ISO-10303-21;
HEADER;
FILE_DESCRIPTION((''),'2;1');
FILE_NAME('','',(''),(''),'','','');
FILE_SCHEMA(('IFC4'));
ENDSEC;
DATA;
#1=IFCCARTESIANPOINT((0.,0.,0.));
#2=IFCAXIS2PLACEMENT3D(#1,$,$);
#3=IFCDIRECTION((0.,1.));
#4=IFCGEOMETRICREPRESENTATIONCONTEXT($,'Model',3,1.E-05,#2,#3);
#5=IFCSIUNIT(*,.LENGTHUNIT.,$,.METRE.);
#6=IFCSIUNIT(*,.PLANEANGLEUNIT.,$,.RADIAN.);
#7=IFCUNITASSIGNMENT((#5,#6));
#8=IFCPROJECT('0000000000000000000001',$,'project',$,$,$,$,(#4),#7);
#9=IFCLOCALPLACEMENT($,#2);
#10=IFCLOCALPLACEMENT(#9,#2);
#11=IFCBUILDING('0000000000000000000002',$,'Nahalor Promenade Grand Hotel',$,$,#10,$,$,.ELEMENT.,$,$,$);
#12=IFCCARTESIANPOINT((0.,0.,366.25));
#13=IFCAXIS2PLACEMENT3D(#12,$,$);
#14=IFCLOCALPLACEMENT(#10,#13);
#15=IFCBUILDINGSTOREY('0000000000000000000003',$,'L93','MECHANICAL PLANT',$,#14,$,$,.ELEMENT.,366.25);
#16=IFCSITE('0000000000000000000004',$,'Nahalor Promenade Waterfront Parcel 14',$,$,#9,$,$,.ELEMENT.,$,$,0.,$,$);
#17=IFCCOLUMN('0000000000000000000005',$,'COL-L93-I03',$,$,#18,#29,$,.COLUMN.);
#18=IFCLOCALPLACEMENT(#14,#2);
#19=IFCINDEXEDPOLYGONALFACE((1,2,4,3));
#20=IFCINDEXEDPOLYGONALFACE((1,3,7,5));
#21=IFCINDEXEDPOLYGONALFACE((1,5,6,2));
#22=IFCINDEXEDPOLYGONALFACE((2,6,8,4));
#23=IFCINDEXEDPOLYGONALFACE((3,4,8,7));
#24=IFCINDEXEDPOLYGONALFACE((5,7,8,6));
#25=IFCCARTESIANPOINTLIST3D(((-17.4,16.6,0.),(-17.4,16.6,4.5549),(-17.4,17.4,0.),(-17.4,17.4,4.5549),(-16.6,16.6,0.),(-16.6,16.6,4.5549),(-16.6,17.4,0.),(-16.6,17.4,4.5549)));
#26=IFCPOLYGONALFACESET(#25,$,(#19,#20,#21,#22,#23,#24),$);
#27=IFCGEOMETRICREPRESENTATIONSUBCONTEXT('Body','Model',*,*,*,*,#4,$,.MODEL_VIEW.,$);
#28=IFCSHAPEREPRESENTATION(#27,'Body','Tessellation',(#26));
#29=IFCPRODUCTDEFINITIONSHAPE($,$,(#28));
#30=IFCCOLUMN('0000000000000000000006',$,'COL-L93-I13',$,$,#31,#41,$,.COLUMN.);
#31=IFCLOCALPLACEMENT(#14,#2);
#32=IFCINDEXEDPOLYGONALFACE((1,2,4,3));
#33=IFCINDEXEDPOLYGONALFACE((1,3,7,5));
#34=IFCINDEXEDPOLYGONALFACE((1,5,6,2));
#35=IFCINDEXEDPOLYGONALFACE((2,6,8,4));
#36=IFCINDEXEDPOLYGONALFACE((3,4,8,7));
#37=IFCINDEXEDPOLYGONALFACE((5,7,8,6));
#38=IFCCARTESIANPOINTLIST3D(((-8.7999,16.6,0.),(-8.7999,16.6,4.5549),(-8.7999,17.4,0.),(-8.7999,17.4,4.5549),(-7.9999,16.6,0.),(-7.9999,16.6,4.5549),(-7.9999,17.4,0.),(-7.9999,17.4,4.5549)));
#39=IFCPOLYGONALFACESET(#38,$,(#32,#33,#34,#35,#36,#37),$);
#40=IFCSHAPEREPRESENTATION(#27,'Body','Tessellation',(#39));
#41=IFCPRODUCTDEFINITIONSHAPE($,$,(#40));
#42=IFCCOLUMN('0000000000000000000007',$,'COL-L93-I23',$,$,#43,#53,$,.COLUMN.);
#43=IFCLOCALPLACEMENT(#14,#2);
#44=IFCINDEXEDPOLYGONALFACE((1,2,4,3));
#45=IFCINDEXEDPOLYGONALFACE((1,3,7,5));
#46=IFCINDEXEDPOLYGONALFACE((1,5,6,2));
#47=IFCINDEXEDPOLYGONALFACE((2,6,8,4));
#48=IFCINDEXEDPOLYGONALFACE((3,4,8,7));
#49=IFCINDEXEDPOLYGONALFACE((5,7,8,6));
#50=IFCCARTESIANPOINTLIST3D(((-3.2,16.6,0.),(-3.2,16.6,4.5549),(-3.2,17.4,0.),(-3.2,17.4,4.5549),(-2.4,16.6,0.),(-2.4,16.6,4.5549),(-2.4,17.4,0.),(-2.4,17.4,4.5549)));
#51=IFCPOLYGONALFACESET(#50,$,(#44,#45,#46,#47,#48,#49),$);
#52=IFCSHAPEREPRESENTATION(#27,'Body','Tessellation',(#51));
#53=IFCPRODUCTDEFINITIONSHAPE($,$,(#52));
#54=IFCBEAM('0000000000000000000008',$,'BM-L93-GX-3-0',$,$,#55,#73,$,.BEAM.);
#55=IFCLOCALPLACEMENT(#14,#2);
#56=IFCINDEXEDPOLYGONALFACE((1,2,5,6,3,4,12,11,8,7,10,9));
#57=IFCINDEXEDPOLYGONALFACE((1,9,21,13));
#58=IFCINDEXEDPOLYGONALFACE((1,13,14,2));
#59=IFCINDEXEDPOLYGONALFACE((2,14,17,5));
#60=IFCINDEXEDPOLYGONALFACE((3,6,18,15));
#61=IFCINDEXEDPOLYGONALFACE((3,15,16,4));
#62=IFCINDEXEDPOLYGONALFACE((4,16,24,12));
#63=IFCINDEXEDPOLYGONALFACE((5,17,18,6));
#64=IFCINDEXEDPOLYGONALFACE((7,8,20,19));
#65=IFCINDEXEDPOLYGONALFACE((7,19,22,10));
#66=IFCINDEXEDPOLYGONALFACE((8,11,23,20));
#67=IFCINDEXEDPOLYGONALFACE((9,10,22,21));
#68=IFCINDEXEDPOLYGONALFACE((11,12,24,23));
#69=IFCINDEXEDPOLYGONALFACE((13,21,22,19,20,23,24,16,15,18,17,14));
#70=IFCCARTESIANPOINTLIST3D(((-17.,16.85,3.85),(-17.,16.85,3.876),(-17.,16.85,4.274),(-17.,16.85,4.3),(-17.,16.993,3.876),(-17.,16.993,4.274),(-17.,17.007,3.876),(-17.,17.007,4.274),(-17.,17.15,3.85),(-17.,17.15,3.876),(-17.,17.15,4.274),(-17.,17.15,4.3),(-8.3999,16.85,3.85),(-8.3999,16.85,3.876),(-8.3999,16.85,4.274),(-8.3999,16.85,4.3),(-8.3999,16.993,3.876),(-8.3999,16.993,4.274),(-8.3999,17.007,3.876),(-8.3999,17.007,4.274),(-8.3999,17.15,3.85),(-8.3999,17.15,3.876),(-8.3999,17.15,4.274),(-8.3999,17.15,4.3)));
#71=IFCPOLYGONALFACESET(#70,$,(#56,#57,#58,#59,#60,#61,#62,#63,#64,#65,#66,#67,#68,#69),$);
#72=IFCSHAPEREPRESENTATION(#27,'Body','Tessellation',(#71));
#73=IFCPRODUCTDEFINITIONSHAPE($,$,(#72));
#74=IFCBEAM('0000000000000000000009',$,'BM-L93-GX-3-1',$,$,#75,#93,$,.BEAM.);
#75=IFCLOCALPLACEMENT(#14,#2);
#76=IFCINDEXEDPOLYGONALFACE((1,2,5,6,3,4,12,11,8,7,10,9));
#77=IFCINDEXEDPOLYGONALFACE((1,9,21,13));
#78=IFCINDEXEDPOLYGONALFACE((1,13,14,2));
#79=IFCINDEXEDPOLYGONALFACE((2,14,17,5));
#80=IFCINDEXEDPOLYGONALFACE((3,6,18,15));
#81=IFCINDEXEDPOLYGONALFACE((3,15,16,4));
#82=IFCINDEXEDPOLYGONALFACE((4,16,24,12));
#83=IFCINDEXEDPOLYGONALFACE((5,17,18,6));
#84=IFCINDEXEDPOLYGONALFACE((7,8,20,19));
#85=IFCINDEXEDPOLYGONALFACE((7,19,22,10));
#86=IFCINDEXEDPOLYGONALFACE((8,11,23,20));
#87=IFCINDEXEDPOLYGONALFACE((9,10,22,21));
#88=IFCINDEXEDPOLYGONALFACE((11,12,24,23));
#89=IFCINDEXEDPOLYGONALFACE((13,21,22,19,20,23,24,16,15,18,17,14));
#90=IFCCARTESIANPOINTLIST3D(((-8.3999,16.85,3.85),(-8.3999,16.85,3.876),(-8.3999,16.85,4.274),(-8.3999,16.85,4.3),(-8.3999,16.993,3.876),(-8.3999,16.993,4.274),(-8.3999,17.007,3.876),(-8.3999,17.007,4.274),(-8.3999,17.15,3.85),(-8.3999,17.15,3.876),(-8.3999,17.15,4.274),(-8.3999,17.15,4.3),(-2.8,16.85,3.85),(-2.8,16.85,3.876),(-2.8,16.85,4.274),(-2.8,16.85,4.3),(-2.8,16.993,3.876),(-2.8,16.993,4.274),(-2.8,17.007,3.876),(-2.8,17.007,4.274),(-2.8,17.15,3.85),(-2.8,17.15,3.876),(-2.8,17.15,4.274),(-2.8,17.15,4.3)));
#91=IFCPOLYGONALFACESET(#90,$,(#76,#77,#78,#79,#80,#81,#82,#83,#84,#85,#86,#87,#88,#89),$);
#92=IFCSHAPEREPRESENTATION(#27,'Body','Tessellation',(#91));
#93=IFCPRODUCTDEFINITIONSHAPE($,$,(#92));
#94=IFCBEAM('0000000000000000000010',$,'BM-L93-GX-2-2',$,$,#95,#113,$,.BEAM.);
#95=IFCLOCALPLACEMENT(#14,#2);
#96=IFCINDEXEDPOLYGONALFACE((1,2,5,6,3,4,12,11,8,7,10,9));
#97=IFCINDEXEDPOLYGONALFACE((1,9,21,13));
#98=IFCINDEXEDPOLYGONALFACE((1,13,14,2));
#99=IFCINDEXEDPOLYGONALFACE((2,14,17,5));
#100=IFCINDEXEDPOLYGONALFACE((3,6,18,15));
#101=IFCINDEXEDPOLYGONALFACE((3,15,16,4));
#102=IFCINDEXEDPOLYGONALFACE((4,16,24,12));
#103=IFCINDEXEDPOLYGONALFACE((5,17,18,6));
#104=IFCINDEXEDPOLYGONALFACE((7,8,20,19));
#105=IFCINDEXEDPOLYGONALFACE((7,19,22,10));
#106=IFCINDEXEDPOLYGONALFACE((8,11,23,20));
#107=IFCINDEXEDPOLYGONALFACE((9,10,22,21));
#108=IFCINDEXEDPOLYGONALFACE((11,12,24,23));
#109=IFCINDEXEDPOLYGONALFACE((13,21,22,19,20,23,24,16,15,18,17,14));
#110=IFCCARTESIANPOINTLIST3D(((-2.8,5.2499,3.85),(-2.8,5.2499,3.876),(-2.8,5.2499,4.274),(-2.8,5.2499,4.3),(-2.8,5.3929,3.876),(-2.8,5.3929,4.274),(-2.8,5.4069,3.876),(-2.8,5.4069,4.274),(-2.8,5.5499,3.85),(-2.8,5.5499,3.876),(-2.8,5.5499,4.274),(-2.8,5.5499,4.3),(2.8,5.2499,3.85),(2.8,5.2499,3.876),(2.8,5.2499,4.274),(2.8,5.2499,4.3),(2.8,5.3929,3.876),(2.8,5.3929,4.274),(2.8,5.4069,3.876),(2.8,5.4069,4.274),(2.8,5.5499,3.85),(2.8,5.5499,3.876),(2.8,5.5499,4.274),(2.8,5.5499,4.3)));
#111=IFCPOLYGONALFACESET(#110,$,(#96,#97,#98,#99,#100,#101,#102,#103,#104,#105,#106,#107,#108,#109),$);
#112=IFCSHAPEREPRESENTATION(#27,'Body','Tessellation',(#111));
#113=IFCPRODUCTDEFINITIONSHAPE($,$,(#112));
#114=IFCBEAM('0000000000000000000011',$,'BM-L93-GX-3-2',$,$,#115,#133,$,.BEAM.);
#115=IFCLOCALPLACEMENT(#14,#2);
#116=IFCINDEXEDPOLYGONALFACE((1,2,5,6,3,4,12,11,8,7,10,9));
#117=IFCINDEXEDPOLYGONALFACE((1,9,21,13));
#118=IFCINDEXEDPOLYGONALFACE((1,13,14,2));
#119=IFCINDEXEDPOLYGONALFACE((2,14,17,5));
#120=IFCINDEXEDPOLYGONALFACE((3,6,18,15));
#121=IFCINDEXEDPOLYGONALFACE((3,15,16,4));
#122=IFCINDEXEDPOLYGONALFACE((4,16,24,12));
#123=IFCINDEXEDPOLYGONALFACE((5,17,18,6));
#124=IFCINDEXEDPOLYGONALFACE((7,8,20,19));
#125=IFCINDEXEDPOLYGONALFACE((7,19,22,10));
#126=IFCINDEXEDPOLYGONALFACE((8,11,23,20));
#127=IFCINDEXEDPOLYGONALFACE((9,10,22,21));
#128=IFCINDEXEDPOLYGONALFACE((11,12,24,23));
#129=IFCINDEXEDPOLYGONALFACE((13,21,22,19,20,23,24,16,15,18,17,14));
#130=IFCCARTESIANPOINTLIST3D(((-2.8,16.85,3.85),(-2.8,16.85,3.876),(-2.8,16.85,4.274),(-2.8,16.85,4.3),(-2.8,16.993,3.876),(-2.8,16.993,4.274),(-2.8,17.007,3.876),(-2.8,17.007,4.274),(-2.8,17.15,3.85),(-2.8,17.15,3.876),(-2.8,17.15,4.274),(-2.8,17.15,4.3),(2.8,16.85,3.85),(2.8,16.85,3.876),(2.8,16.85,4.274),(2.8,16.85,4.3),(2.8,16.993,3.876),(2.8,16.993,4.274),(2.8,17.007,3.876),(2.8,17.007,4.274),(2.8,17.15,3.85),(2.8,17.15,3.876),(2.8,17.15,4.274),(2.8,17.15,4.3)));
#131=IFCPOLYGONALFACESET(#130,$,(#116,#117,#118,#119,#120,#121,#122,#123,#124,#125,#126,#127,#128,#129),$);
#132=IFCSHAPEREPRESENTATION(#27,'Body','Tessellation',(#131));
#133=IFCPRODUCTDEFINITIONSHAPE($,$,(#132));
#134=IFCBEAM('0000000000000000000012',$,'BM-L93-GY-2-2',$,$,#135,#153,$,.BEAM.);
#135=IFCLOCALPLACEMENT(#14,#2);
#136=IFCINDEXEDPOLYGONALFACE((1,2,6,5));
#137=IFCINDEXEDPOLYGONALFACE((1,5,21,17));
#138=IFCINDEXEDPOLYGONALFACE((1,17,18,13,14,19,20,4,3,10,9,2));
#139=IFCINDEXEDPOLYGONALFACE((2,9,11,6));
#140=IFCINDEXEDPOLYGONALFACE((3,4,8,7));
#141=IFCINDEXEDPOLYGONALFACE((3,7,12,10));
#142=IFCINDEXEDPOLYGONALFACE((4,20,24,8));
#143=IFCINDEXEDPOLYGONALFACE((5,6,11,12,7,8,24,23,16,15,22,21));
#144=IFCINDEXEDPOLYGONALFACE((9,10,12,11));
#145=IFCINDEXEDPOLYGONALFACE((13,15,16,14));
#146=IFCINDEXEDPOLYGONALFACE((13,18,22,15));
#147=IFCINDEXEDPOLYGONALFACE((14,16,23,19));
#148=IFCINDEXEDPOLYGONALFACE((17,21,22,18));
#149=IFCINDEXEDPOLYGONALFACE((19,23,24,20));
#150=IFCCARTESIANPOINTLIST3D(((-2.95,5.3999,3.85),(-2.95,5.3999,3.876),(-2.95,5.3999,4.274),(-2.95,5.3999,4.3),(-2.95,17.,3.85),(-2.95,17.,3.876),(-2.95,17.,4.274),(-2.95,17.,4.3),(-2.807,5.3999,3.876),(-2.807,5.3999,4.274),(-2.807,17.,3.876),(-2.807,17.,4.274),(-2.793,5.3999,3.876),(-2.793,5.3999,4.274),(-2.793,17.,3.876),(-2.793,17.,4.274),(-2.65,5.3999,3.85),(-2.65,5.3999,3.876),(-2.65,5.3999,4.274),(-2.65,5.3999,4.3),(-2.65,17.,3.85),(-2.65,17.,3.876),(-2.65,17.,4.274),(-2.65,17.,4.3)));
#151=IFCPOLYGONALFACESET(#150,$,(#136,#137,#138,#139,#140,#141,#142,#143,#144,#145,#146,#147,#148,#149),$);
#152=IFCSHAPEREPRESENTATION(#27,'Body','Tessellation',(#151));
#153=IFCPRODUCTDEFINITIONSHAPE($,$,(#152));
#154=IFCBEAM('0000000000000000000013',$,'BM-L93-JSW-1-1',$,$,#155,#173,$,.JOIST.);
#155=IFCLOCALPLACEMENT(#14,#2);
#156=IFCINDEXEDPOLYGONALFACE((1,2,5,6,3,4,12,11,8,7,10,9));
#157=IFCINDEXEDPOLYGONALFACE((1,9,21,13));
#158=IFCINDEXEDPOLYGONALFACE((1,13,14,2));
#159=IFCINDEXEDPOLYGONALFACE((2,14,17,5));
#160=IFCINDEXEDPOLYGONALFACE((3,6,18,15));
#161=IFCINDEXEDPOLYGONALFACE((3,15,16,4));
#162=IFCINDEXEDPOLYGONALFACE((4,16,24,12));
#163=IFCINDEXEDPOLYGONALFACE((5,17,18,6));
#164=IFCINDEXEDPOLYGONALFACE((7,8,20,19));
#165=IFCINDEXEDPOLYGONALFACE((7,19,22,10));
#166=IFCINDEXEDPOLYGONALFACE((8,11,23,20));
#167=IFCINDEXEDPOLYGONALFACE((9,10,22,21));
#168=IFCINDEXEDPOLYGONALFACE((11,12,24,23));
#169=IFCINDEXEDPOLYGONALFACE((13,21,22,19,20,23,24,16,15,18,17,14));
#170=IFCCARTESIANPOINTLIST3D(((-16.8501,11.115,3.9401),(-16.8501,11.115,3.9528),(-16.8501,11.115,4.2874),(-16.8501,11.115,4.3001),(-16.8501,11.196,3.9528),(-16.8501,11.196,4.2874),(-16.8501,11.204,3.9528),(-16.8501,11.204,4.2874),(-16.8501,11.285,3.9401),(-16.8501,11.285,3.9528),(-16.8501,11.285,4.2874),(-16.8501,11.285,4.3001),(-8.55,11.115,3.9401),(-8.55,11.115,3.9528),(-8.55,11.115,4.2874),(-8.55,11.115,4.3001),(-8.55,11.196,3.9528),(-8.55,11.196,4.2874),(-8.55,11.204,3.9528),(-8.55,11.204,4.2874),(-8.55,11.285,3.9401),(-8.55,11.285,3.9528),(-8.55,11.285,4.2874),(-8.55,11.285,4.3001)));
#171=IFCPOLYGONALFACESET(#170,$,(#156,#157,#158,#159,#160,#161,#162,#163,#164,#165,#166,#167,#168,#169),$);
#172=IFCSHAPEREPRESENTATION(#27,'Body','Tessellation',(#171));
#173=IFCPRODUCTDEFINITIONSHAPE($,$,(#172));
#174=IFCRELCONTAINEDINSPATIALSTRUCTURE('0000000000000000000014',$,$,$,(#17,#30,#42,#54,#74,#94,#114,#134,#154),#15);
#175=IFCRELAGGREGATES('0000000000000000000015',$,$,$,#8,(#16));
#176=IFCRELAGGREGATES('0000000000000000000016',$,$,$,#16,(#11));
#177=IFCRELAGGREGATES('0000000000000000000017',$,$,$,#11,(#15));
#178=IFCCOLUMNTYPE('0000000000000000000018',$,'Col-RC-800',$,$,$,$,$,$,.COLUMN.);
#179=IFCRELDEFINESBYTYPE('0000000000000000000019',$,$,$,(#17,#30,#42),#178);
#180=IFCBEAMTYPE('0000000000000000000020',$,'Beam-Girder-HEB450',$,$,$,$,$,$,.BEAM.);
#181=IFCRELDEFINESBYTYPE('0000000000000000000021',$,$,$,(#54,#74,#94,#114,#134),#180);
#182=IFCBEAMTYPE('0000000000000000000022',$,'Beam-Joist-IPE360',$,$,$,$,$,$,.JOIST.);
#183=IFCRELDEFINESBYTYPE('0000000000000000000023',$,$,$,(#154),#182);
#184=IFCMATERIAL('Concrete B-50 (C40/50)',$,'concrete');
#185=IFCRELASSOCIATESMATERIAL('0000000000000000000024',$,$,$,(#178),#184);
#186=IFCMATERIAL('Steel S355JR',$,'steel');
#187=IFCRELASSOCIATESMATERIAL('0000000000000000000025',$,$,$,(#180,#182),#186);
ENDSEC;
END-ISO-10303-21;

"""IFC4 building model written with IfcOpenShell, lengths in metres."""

from ifc_helpers import new_model, si_unit, direction, frame, origin, origin_2d, place, context, subcontext, project, spatial, rectangle, i_section, extrude, source, transform, mapped, material, material_profile, profile_set, type_object, element, save


model = new_model("IFC4")

# Units and contexts
model_context = context("Model", 3, precision=1e-05, world=origin(), true_north=direction((0.0, 1.0)))
body_context = subcontext(model_context, "Body", "Model", "MODEL_VIEW")
ifc_project = project(units=[si_unit("LENGTHUNIT", "METRE"), si_unit("PLANEANGLEUNIT", "RADIAN")], contexts=[model_context])

# Site, building, storey
site_placement = place(None, origin())
site = spatial("IfcSite", under=ifc_project, at=site_placement, Name="Nahalor Promenade Waterfront Parcel 14", CompositionType="ELEMENT", RefElevation=0.0)
building_placement = place(site_placement, origin())
building = spatial("IfcBuilding", under=site, at=building_placement, Name="Nahalor Promenade Grand Hotel", CompositionType="ELEMENT")
storey_placement = place(building_placement, frame((0.0, 0.0, 366.25)))
storey = spatial("IfcBuildingStorey", under=building, at=storey_placement, Name="L93", Description="MECHANICAL PLANT", CompositionType="ELEMENT", Elevation=366.25)

# Columns
ifc_material_1 = material(Name="Concrete B-50 (C40/50)", Category="concrete")
ifc_material_profile_1 = material_profile(ifc_material_1, rectangle(XDim=0.8, YDim=0.8, at=origin_2d()), Name="RC 800x800")
ifc_profile_set_1 = profile_set([ifc_material_profile_1], Name="Concrete B-50 (C40/50)")
column_type = type_object("IfcColumnType", Name="Col-RC-800", PredefinedType="COLUMN", material=ifc_profile_set_1)
shared_shape_1 = source(origin(), body_context, "Body", "SweptSolid", [
    extrude(rectangle(XDim=0.8, YDim=0.8, at=origin_2d()), origin(), (0.0, 0.0, 1.0), 4.5549),
])
for number, where, z_axis, x_axis, name in (
    (1, (-17.0, 17.0, 0.0), (0.0, 0.0, 1.0), (1.0, 0.0, 0.0), "COL-L93-I03"),
    (2, (-8.3999, 17.0, 0.0), (0.0, 0.0, 1.0), (1.0, 0.0, 0.0), "COL-L93-I13"),
    (3, (-2.8, 17.0, 0.0), (0.0, 0.0, 1.0), (1.0, 0.0, 0.0), "COL-L93-I23"),
):
    element("IfcColumn", number, at=place(storey_placement, frame(where, z_axis=z_axis, x_axis=x_axis)), inside=storey, type_object=column_type, Name=name, PredefinedType="COLUMN", context=body_context, shape_type="MappedRepresentation", body=[
        mapped(shared_shape_1, transform((0.0, 0.0, 0.0), scale=1.0)),
    ])

# Beams
ifc_material_2 = material(Name="Steel S355JR", Category="steel")
ifc_material_profile_2 = material_profile(ifc_material_2, i_section(OverallWidth=0.3, OverallDepth=0.45, WebThickness=0.014, FlangeThickness=0.026, at=origin_2d()), Name="HEB 450")
ifc_profile_set_2 = profile_set([ifc_material_profile_2], Name="Steel S355JR")
beam_type_1 = type_object("IfcBeamType", Name="Beam-Girder-HEB450", PredefinedType="BEAM", material=ifc_profile_set_2)
shared_shape_2 = source(origin(), body_context, "Body", "SweptSolid", [
    extrude(i_section(OverallWidth=0.3, OverallDepth=0.45, WebThickness=0.014, FlangeThickness=0.026, at=origin_2d()), origin(), (0.0, 0.0, 1.0), 8.6001),
])
beam_1_placement = place(storey_placement, frame((-17.0, 17.0, 4.075), z_axis=(1.0, 0.0, 0.0), x_axis=(0.0, 1.0, 0.0)))
element("IfcBeam", 4, at=beam_1_placement, inside=storey, type_object=beam_type_1, Name="BM-L93-GX-3-0", PredefinedType="BEAM", context=body_context, shape_type="MappedRepresentation", body=[
    mapped(shared_shape_2, transform((0.0, 0.0, 0.0), scale=1.0)),
])
shared_shape_3 = source(origin(), body_context, "Body", "SweptSolid", [
    extrude(i_section(OverallWidth=0.3, OverallDepth=0.45, WebThickness=0.014, FlangeThickness=0.026, at=origin_2d()), origin(), (0.0, 0.0, 1.0), 5.5999),
])
beam_2_placement = place(storey_placement, frame((-8.3999, 17.0, 4.075), z_axis=(1.0, 0.0, 0.0), x_axis=(0.0, 1.0, 0.0)))
element("IfcBeam", 5, at=beam_2_placement, inside=storey, type_object=beam_type_1, Name="BM-L93-GX-3-1", PredefinedType="BEAM", context=body_context, shape_type="MappedRepresentation", body=[
    mapped(shared_shape_3, transform((0.0, 0.0, 0.0), scale=1.0)),
])
shared_shape_4 = source(origin(), body_context, "Body", "SweptSolid", [
    extrude(i_section(OverallWidth=0.3, OverallDepth=0.45, WebThickness=0.014, FlangeThickness=0.026, at=origin_2d()), origin(), (0.0, 0.0, 1.0), 5.6001),
])
for number, where, z_axis, x_axis, name in (
    (6, (-2.8, 5.3999, 4.075), (1.0, 0.0, 0.0), (0.0, 1.0, 0.0), "BM-L93-GX-2-2"),
    (7, (-2.8, 17.0, 4.075), (1.0, 0.0, 0.0), (0.0, 1.0, 0.0), "BM-L93-GX-3-2"),
):
    element("IfcBeam", number, at=place(storey_placement, frame(where, z_axis=z_axis, x_axis=x_axis)), inside=storey, type_object=beam_type_1, Name=name, PredefinedType="BEAM", context=body_context, shape_type="MappedRepresentation", body=[
        mapped(shared_shape_4, transform((0.0, 0.0, 0.0), scale=1.0)),
    ])
shared_shape_5 = source(origin(), body_context, "Body", "SweptSolid", [
    extrude(i_section(OverallWidth=0.3, OverallDepth=0.45, WebThickness=0.014, FlangeThickness=0.026, at=origin_2d()), origin(), (0.0, 0.0, 1.0), 11.6001),
])
beam_3_placement = place(storey_placement, frame((-2.8, 5.3999, 4.075), z_axis=(0.0, 1.0, 0.0), x_axis=(-1.0, 0.0, 0.0)))
element("IfcBeam", 8, at=beam_3_placement, inside=storey, type_object=beam_type_1, Name="BM-L93-GY-2-2", PredefinedType="BEAM", context=body_context, shape_type="MappedRepresentation", body=[
    mapped(shared_shape_5, transform((0.0, 0.0, 0.0), scale=1.0)),
])
ifc_material_profile_3 = material_profile(ifc_material_2, i_section(OverallWidth=0.17, OverallDepth=0.36, WebThickness=0.008, FlangeThickness=0.0127, at=origin_2d()), Name="IPE 360")
ifc_profile_set_3 = profile_set([ifc_material_profile_3], Name="Steel S355JR")
beam_type_2 = type_object("IfcBeamType", Name="Beam-Joist-IPE360", PredefinedType="JOIST", material=ifc_profile_set_3)
shared_shape_6 = source(origin(), body_context, "Body", "SweptSolid", [
    extrude(i_section(OverallWidth=0.17, OverallDepth=0.36, WebThickness=0.008, FlangeThickness=0.0127, at=origin_2d()), origin(), (0.0, 0.0, 1.0), 8.3),
])
beam_4_placement = place(storey_placement, frame((-16.8501, 11.2, 4.1201), z_axis=(1.0, 0.0, 0.0), x_axis=(0.0, 1.0, 0.0)))
element("IfcBeam", 9, at=beam_4_placement, inside=storey, type_object=beam_type_2, Name="BM-L93-JSW-1-1", PredefinedType="JOIST", context=body_context, shape_type="MappedRepresentation", body=[
    mapped(shared_shape_6, transform((0.0, 0.0, 0.0), scale=1.0)),
])

save(model, "model.ifc")
